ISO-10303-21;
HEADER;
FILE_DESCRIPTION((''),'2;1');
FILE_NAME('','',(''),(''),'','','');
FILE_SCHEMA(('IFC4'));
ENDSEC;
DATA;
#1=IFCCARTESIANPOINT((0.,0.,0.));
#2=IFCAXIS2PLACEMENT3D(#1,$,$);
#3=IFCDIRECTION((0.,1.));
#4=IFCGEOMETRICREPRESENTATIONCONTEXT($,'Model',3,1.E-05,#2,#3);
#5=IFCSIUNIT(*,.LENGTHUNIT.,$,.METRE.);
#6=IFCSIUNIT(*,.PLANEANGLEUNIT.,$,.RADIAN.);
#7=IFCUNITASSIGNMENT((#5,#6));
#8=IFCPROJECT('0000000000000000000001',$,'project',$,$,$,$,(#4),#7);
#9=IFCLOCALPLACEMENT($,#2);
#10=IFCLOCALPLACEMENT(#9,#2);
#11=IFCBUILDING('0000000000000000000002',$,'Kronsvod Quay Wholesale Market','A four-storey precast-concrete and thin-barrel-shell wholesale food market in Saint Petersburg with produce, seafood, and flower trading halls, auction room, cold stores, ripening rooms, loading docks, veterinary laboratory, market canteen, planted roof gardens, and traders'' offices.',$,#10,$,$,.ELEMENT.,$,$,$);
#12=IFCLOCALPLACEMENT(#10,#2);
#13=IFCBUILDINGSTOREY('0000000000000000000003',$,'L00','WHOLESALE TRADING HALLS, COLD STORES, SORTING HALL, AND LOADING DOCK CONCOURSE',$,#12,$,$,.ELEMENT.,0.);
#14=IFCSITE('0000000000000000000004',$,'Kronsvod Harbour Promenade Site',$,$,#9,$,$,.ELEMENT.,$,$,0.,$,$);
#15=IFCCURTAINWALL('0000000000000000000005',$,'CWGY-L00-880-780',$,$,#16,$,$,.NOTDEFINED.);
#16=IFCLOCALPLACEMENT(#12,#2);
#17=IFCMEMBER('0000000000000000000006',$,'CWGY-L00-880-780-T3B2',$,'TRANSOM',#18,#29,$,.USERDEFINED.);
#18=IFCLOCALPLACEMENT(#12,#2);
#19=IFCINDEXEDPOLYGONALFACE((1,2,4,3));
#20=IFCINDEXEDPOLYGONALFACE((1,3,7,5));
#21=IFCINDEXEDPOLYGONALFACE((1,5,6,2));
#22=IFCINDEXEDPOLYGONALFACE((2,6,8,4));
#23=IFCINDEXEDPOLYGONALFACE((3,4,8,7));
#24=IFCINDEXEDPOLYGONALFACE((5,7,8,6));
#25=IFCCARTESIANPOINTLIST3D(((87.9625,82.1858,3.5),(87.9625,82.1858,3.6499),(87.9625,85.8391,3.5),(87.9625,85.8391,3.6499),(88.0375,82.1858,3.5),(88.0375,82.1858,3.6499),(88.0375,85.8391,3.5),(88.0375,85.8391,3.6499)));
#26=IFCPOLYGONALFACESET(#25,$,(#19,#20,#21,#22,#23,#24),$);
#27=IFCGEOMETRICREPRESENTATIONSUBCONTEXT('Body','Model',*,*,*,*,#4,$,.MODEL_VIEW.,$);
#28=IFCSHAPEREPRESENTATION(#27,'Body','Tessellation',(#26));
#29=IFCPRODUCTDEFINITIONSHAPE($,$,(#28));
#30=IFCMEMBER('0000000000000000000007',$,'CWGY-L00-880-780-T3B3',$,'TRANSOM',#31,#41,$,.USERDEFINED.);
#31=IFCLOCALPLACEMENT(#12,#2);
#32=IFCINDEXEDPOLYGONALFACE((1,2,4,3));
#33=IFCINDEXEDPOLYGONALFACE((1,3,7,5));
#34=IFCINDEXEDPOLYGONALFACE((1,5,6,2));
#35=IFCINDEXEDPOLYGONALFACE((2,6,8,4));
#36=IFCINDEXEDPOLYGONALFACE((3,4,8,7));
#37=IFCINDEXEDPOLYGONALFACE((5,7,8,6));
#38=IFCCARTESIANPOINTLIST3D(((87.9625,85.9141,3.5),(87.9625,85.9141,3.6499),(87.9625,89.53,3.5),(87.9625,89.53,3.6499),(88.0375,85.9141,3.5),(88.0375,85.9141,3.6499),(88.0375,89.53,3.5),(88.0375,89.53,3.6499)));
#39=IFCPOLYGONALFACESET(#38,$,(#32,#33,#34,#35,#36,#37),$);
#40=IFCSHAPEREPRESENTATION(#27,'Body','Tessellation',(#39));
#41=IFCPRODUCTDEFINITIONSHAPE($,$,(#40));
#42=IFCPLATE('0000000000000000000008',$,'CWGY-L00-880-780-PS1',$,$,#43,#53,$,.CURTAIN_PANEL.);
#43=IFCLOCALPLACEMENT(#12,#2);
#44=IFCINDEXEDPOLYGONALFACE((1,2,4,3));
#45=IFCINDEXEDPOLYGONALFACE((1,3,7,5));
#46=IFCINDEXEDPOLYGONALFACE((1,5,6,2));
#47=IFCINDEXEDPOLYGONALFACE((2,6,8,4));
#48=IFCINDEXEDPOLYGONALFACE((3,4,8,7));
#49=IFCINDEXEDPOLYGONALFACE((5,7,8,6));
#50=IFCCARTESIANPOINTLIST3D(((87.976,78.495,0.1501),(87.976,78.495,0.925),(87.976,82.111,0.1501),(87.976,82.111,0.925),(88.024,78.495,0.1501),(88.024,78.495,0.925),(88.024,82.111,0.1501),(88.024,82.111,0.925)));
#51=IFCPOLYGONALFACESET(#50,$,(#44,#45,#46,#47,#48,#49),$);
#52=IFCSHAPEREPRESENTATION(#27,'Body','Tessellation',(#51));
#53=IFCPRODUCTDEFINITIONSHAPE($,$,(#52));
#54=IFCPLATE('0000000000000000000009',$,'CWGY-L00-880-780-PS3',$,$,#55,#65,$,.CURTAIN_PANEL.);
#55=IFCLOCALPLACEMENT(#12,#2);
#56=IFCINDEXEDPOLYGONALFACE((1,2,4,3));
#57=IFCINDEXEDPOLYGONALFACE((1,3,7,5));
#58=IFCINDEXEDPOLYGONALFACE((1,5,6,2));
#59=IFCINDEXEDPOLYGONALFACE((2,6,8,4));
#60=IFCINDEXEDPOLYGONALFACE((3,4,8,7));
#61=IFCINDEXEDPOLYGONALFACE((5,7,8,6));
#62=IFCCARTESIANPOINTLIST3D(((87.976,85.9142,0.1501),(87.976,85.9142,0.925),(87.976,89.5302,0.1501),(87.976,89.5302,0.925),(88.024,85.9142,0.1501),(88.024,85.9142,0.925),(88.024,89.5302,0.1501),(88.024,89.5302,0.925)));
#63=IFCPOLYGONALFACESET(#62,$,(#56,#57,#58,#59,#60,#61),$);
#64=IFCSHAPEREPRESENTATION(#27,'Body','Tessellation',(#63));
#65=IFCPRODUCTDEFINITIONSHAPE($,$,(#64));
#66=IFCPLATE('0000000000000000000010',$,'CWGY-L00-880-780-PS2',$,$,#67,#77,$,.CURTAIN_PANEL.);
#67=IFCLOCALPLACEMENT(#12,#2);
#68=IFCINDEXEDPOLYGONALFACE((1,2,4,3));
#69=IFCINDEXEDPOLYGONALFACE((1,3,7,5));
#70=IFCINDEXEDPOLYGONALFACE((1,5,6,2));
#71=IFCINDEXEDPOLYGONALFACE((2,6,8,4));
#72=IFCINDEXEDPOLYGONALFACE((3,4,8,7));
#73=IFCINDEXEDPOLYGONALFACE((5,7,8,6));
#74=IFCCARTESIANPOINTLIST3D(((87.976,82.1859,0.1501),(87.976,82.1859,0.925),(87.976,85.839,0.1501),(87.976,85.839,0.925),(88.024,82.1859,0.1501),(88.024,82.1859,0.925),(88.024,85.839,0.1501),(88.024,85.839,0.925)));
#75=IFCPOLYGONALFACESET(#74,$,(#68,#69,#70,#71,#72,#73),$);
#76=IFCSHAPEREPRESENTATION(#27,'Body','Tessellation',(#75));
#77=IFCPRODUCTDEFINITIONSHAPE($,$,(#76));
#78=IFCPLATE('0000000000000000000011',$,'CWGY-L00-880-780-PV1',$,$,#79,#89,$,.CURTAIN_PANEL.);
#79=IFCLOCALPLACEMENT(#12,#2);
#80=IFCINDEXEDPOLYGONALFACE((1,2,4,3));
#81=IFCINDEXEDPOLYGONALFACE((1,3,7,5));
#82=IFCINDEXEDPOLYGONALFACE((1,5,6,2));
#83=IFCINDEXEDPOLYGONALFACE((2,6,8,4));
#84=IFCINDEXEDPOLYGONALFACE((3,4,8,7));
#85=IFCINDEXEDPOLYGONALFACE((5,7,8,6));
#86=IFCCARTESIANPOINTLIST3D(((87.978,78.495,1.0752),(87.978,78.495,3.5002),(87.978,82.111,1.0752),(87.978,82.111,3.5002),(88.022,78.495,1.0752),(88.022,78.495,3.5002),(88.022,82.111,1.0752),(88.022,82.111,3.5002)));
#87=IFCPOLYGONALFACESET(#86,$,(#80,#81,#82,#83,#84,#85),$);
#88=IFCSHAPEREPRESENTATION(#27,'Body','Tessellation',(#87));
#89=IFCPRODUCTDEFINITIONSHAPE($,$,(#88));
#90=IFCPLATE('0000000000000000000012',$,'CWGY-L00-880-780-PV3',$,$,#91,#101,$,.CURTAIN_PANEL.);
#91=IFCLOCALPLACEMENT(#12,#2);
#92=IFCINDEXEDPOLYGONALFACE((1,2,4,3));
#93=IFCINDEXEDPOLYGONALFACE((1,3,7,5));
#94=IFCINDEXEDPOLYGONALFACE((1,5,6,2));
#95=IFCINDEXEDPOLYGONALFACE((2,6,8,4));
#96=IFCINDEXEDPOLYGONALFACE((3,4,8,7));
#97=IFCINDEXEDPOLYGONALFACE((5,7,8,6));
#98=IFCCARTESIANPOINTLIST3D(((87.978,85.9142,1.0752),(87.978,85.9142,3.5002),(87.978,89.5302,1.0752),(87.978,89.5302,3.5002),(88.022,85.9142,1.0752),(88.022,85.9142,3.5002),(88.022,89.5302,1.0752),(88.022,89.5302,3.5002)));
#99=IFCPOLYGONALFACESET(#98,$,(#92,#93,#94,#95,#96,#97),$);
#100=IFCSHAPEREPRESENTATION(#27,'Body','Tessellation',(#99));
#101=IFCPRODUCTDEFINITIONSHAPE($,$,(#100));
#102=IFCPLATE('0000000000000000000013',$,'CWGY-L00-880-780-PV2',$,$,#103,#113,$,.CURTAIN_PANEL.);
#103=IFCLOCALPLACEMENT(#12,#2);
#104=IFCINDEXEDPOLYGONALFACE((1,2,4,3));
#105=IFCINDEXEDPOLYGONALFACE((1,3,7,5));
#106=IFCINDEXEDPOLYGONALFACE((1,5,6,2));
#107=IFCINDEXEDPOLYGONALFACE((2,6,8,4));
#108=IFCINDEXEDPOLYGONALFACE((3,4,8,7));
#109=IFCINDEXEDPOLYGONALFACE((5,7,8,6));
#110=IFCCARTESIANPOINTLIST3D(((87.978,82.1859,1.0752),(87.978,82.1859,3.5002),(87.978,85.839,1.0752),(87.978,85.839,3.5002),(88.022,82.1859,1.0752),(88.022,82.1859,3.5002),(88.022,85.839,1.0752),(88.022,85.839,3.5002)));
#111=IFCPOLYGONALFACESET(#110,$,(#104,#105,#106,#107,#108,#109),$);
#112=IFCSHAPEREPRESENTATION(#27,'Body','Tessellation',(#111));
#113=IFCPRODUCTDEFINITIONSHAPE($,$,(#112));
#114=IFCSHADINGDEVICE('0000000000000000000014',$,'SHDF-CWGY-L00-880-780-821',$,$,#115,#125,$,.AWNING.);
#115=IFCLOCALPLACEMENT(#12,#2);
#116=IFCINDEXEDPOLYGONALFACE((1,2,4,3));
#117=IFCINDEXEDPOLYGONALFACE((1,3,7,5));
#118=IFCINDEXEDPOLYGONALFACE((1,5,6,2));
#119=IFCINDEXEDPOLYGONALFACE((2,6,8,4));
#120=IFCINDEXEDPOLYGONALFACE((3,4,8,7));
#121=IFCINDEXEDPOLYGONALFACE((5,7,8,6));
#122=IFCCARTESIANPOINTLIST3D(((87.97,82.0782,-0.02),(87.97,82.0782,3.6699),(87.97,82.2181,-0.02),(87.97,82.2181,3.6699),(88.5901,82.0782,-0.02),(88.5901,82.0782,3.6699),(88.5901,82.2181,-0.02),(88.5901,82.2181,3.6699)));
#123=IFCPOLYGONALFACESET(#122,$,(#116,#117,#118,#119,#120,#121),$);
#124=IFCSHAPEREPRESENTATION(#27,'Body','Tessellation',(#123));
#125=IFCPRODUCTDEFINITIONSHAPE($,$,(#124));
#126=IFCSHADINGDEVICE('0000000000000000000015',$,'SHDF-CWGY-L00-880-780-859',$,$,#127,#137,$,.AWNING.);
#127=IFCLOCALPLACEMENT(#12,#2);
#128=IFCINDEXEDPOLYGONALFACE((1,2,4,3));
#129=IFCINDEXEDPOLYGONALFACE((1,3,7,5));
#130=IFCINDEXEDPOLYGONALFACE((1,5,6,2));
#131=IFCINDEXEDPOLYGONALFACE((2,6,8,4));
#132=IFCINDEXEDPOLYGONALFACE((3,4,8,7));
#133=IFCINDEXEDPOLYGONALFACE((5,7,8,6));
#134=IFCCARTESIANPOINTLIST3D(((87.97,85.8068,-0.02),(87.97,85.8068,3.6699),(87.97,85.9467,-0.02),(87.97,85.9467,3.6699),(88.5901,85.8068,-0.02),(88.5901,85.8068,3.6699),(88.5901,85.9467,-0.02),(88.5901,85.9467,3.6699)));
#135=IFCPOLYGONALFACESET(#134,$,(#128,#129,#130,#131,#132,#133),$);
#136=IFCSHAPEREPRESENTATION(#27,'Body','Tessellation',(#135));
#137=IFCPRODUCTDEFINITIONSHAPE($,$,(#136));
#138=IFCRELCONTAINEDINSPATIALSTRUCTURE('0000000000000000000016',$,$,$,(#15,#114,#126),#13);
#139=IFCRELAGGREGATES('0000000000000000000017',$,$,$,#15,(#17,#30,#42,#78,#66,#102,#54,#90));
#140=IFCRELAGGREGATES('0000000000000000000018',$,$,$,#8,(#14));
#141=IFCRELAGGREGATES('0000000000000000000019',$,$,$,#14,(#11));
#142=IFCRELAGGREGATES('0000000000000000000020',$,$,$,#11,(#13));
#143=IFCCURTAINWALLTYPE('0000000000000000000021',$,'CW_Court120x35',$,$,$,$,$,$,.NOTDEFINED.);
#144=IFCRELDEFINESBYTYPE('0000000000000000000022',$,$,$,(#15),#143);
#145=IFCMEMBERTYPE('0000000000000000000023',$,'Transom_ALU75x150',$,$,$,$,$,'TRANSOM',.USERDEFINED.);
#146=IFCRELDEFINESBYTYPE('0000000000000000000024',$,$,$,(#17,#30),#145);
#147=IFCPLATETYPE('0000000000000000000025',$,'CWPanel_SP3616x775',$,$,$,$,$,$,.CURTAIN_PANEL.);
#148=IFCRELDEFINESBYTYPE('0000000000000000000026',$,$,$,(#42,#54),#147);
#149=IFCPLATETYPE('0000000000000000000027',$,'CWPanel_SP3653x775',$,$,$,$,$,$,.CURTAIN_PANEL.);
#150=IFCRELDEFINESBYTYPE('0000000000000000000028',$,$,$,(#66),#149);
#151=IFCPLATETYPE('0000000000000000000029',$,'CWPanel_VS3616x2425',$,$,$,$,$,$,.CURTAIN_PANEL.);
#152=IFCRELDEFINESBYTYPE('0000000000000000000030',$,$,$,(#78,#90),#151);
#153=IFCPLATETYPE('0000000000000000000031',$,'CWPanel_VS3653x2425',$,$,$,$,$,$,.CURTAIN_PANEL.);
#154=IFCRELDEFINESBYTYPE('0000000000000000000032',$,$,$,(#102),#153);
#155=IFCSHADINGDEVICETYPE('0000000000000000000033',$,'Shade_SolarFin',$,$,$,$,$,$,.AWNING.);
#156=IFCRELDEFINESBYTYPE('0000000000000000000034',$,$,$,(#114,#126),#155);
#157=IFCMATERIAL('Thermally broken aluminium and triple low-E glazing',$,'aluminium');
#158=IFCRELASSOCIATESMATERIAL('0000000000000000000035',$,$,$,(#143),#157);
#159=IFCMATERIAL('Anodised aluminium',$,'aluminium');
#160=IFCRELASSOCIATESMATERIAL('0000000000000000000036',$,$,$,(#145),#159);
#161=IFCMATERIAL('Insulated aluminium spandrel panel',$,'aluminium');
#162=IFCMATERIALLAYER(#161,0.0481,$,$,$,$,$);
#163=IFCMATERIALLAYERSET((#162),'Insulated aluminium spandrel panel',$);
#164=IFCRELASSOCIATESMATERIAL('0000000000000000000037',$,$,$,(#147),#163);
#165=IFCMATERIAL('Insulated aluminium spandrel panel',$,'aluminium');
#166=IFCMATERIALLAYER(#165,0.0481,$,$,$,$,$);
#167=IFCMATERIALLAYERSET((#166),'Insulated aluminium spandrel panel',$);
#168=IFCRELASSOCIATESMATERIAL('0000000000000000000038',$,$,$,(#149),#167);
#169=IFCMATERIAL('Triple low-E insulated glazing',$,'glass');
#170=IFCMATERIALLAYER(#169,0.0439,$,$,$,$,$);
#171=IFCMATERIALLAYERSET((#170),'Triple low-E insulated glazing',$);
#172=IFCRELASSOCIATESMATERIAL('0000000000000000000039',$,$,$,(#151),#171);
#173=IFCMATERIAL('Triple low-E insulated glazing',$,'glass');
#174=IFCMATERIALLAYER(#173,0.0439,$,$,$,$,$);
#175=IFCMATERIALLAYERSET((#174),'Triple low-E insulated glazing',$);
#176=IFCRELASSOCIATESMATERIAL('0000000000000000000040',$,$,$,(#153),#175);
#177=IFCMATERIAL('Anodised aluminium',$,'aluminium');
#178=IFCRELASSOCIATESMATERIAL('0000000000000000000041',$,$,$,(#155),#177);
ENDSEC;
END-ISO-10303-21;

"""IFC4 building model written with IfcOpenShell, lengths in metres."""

from ifc_helpers import new_model, si_unit, direction, frame, origin, origin_2d, place, context, subcontext, project, spatial, rectangle, extrude, material, layer, layer_set, material_profile, profile_set, type_object, element, aggregate, save


model = new_model("IFC4")

# Units and contexts
model_context = context("Model", 3, precision=1e-05, world=origin(), true_north=direction((0.0, 1.0)))
body_context = subcontext(model_context, "Body", "Model", "MODEL_VIEW")
ifc_project = project(units=[si_unit("LENGTHUNIT", "METRE"), si_unit("PLANEANGLEUNIT", "RADIAN")], contexts=[model_context])

# Site, building, storey
site_placement = place(None, origin())
site = spatial("IfcSite", under=ifc_project, at=site_placement, Name="Kronsvod Harbour Promenade Site", CompositionType="ELEMENT", RefElevation=0.0)
building_placement = place(site_placement, origin())
building = spatial("IfcBuilding", under=site, at=building_placement, Name="Kronsvod Quay Wholesale Market", Description="A four-storey precast-concrete and thin-barrel-shell wholesale food market in Saint Petersburg with produce, seafood, and flower trading halls, auction room, cold stores, ripening rooms, loading docks, veterinary laboratory, market canteen, planted roof gardens, and traders' offices.", CompositionType="ELEMENT")
storey_placement = place(building_placement, origin())
storey = spatial("IfcBuildingStorey", under=building, at=storey_placement, Name="L00", Description="WHOLESALE TRADING HALLS, COLD STORES, SORTING HALL, AND LOADING DOCK CONCOURSE", CompositionType="ELEMENT", Elevation=0.0)

# Shared definitions
ifc_material_1 = material(Name="Thermally broken aluminium and triple low-E glazing", Category="aluminium")
curtain_wall_type = type_object("IfcCurtainWallType", Name="CW_Court120x35", PredefinedType="NOTDEFINED", material=ifc_material_1)

# Curtain wall, members, plates
curtain_wall_1_placement = place(storey_placement, origin())
curtain_wall_1 = element("IfcCurtainWall", 1, at=curtain_wall_1_placement, inside=storey, type_object=curtain_wall_type, Name="CWGY-L00-880-780", PredefinedType="NOTDEFINED")
ifc_material_2 = material(Name="Anodised aluminium", Category="aluminium")
ifc_material_profile_1 = material_profile(ifc_material_2, rectangle(XDim=0.075, YDim=0.1499, at=origin_2d()), Name="ALUT75x150")
ifc_profile_set_1 = profile_set([ifc_material_profile_1], Name="Anodised aluminium")
member_type_1 = type_object("IfcMemberType", Name="Transom_ALU75x150", ElementType="TRANSOM", PredefinedType="USERDEFINED", material=ifc_profile_set_1)
member_1_placement = place(storey_placement, frame((88.0, 82.1858, 3.575), z_axis=(0.0, 1.0, 0.0), x_axis=(-1.0, 0.0, 0.0)))
member_1 = element("IfcMember", 2, at=member_1_placement, type_object=member_type_1, Name="CWGY-L00-880-780-T3B2", ObjectType="TRANSOM", PredefinedType="USERDEFINED", context=body_context, shape_type="SweptSolid", body=[
    extrude(rectangle(XDim=0.075, YDim=0.1499, at=origin_2d()), origin(), (0.0, 0.0, 1.0), 3.6533),
])
member_2_placement = place(storey_placement, frame((88.0, 85.9141, 3.575), z_axis=(0.0, 1.0, 0.0), x_axis=(-1.0, 0.0, 0.0)))
member_2 = element("IfcMember", 3, at=member_2_placement, type_object=member_type_1, Name="CWGY-L00-880-780-T3B3", ObjectType="TRANSOM", PredefinedType="USERDEFINED", context=body_context, shape_type="SweptSolid", body=[
    extrude(rectangle(XDim=0.075, YDim=0.1499, at=origin_2d()), origin(), (0.0, 0.0, 1.0), 3.616),
])
ifc_material_3 = material(Name="Insulated aluminium spandrel panel", Category="aluminium")
ifc_layer_1 = layer(ifc_material_3, 0.0481)
ifc_layer_set_1 = layer_set([ifc_layer_1], Name="Insulated aluminium spandrel panel")
plate_type_1 = type_object("IfcPlateType", Name="CWPanel_SP3616x775", PredefinedType="CURTAIN_PANEL", material=ifc_layer_set_1)
plate_1_placement = place(storey_placement, frame((88.0, 80.303, 0.1501), z_axis=(0.0, 0.0, 1.0), x_axis=(0.0, 1.0, 0.0)))
plate_1 = element("IfcPlate", 4, at=plate_1_placement, type_object=plate_type_1, Name="CWGY-L00-880-780-PS1", PredefinedType="CURTAIN_PANEL", context=body_context, shape_type="SweptSolid", body=[
    extrude(rectangle(XDim=3.616, YDim=0.0481, at=origin_2d()), origin(), (0.0, 0.0, 1.0), 0.7749),
])
plate_2_placement = place(storey_placement, frame((88.0, 87.7222, 0.1501), z_axis=(0.0, 0.0, 1.0), x_axis=(0.0, 1.0, 0.0)))
plate_2 = element("IfcPlate", 5, at=plate_2_placement, type_object=plate_type_1, Name="CWGY-L00-880-780-PS3", PredefinedType="CURTAIN_PANEL", context=body_context, shape_type="SweptSolid", body=[
    extrude(rectangle(XDim=3.616, YDim=0.0481, at=origin_2d()), origin(), (0.0, 0.0, 1.0), 0.7749),
])
ifc_material_4 = material(Name="Insulated aluminium spandrel panel", Category="aluminium")
ifc_layer_2 = layer(ifc_material_4, 0.0481)
ifc_layer_set_2 = layer_set([ifc_layer_2], Name="Insulated aluminium spandrel panel")
plate_type_2 = type_object("IfcPlateType", Name="CWPanel_SP3653x775", PredefinedType="CURTAIN_PANEL", material=ifc_layer_set_2)
plate_3_placement = place(storey_placement, frame((88.0, 84.0125, 0.1501), z_axis=(0.0, 0.0, 1.0), x_axis=(0.0, 1.0, 0.0)))
plate_3 = element("IfcPlate", 6, at=plate_3_placement, type_object=plate_type_2, Name="CWGY-L00-880-780-PS2", PredefinedType="CURTAIN_PANEL", context=body_context, shape_type="SweptSolid", body=[
    extrude(rectangle(XDim=3.6531, YDim=0.0481, at=origin_2d()), origin(), (0.0, 0.0, 1.0), 0.7749),
])
ifc_material_5 = material(Name="Triple low-E insulated glazing", Category="glass")
ifc_layer_3 = layer(ifc_material_5, 0.0439)
ifc_layer_set_3 = layer_set([ifc_layer_3], Name="Triple low-E insulated glazing")
plate_type_3 = type_object("IfcPlateType", Name="CWPanel_VS3616x2425", PredefinedType="CURTAIN_PANEL", material=ifc_layer_set_3)
plate_4_placement = place(storey_placement, frame((88.0, 80.303, 1.0752), z_axis=(0.0, 0.0, 1.0), x_axis=(0.0, 1.0, 0.0)))
plate_4 = element("IfcPlate", 7, at=plate_4_placement, type_object=plate_type_3, Name="CWGY-L00-880-780-PV1", PredefinedType="CURTAIN_PANEL", context=body_context, shape_type="SweptSolid", body=[
    extrude(rectangle(XDim=3.616, YDim=0.0439, at=origin_2d()), origin(), (0.0, 0.0, 1.0), 2.425),
])
plate_5_placement = place(storey_placement, frame((88.0, 87.7222, 1.0752), z_axis=(0.0, 0.0, 1.0), x_axis=(0.0, 1.0, 0.0)))
plate_5 = element("IfcPlate", 8, at=plate_5_placement, type_object=plate_type_3, Name="CWGY-L00-880-780-PV3", PredefinedType="CURTAIN_PANEL", context=body_context, shape_type="SweptSolid", body=[
    extrude(rectangle(XDim=3.616, YDim=0.0439, at=origin_2d()), origin(), (0.0, 0.0, 1.0), 2.425),
])
ifc_material_6 = material(Name="Triple low-E insulated glazing", Category="glass")
ifc_layer_4 = layer(ifc_material_6, 0.0439)
ifc_layer_set_4 = layer_set([ifc_layer_4], Name="Triple low-E insulated glazing")
plate_type_4 = type_object("IfcPlateType", Name="CWPanel_VS3653x2425", PredefinedType="CURTAIN_PANEL", material=ifc_layer_set_4)
plate_6_placement = place(storey_placement, frame((88.0, 84.0125, 1.0752), z_axis=(0.0, 0.0, 1.0), x_axis=(0.0, 1.0, 0.0)))
plate_6 = element("IfcPlate", 9, at=plate_6_placement, type_object=plate_type_4, Name="CWGY-L00-880-780-PV2", PredefinedType="CURTAIN_PANEL", context=body_context, shape_type="SweptSolid", body=[
    extrude(rectangle(XDim=3.6531, YDim=0.0439, at=origin_2d()), origin(), (0.0, 0.0, 1.0), 2.425),
])
aggregate(curtain_wall_1, [member_1, member_2, plate_1, plate_4, plate_3, plate_6, plate_2, plate_5])

# Shading devices
ifc_material_7 = material(Name="Anodised aluminium", Category="aluminium")
shading_device_type = type_object("IfcShadingDeviceType", Name="Shade_SolarFin", PredefinedType="AWNING", material=ifc_material_7)
for number, where, z_axis, x_axis, name in (
    (10, (88.28, 82.1482, -0.02), (0.0, 0.0, 1.0), (1.0, 0.0, 0.0), "SHDF-CWGY-L00-880-780-821"),
    (11, (88.28, 85.8767, -0.02), (0.0, 0.0, 1.0), (1.0, 0.0, 0.0), "SHDF-CWGY-L00-880-780-859"),
):
    element("IfcShadingDevice", number, at=place(storey_placement, frame(where, z_axis=z_axis, x_axis=x_axis)), inside=storey, type_object=shading_device_type, Name=name, PredefinedType="AWNING", context=body_context, shape_type="SweptSolid", body=[
        extrude(rectangle(XDim=0.6201, YDim=0.1399, at=origin_2d()), origin(), (0.0, 0.0, 1.0), 3.6899),
    ])

save(model, "model.ifc")
